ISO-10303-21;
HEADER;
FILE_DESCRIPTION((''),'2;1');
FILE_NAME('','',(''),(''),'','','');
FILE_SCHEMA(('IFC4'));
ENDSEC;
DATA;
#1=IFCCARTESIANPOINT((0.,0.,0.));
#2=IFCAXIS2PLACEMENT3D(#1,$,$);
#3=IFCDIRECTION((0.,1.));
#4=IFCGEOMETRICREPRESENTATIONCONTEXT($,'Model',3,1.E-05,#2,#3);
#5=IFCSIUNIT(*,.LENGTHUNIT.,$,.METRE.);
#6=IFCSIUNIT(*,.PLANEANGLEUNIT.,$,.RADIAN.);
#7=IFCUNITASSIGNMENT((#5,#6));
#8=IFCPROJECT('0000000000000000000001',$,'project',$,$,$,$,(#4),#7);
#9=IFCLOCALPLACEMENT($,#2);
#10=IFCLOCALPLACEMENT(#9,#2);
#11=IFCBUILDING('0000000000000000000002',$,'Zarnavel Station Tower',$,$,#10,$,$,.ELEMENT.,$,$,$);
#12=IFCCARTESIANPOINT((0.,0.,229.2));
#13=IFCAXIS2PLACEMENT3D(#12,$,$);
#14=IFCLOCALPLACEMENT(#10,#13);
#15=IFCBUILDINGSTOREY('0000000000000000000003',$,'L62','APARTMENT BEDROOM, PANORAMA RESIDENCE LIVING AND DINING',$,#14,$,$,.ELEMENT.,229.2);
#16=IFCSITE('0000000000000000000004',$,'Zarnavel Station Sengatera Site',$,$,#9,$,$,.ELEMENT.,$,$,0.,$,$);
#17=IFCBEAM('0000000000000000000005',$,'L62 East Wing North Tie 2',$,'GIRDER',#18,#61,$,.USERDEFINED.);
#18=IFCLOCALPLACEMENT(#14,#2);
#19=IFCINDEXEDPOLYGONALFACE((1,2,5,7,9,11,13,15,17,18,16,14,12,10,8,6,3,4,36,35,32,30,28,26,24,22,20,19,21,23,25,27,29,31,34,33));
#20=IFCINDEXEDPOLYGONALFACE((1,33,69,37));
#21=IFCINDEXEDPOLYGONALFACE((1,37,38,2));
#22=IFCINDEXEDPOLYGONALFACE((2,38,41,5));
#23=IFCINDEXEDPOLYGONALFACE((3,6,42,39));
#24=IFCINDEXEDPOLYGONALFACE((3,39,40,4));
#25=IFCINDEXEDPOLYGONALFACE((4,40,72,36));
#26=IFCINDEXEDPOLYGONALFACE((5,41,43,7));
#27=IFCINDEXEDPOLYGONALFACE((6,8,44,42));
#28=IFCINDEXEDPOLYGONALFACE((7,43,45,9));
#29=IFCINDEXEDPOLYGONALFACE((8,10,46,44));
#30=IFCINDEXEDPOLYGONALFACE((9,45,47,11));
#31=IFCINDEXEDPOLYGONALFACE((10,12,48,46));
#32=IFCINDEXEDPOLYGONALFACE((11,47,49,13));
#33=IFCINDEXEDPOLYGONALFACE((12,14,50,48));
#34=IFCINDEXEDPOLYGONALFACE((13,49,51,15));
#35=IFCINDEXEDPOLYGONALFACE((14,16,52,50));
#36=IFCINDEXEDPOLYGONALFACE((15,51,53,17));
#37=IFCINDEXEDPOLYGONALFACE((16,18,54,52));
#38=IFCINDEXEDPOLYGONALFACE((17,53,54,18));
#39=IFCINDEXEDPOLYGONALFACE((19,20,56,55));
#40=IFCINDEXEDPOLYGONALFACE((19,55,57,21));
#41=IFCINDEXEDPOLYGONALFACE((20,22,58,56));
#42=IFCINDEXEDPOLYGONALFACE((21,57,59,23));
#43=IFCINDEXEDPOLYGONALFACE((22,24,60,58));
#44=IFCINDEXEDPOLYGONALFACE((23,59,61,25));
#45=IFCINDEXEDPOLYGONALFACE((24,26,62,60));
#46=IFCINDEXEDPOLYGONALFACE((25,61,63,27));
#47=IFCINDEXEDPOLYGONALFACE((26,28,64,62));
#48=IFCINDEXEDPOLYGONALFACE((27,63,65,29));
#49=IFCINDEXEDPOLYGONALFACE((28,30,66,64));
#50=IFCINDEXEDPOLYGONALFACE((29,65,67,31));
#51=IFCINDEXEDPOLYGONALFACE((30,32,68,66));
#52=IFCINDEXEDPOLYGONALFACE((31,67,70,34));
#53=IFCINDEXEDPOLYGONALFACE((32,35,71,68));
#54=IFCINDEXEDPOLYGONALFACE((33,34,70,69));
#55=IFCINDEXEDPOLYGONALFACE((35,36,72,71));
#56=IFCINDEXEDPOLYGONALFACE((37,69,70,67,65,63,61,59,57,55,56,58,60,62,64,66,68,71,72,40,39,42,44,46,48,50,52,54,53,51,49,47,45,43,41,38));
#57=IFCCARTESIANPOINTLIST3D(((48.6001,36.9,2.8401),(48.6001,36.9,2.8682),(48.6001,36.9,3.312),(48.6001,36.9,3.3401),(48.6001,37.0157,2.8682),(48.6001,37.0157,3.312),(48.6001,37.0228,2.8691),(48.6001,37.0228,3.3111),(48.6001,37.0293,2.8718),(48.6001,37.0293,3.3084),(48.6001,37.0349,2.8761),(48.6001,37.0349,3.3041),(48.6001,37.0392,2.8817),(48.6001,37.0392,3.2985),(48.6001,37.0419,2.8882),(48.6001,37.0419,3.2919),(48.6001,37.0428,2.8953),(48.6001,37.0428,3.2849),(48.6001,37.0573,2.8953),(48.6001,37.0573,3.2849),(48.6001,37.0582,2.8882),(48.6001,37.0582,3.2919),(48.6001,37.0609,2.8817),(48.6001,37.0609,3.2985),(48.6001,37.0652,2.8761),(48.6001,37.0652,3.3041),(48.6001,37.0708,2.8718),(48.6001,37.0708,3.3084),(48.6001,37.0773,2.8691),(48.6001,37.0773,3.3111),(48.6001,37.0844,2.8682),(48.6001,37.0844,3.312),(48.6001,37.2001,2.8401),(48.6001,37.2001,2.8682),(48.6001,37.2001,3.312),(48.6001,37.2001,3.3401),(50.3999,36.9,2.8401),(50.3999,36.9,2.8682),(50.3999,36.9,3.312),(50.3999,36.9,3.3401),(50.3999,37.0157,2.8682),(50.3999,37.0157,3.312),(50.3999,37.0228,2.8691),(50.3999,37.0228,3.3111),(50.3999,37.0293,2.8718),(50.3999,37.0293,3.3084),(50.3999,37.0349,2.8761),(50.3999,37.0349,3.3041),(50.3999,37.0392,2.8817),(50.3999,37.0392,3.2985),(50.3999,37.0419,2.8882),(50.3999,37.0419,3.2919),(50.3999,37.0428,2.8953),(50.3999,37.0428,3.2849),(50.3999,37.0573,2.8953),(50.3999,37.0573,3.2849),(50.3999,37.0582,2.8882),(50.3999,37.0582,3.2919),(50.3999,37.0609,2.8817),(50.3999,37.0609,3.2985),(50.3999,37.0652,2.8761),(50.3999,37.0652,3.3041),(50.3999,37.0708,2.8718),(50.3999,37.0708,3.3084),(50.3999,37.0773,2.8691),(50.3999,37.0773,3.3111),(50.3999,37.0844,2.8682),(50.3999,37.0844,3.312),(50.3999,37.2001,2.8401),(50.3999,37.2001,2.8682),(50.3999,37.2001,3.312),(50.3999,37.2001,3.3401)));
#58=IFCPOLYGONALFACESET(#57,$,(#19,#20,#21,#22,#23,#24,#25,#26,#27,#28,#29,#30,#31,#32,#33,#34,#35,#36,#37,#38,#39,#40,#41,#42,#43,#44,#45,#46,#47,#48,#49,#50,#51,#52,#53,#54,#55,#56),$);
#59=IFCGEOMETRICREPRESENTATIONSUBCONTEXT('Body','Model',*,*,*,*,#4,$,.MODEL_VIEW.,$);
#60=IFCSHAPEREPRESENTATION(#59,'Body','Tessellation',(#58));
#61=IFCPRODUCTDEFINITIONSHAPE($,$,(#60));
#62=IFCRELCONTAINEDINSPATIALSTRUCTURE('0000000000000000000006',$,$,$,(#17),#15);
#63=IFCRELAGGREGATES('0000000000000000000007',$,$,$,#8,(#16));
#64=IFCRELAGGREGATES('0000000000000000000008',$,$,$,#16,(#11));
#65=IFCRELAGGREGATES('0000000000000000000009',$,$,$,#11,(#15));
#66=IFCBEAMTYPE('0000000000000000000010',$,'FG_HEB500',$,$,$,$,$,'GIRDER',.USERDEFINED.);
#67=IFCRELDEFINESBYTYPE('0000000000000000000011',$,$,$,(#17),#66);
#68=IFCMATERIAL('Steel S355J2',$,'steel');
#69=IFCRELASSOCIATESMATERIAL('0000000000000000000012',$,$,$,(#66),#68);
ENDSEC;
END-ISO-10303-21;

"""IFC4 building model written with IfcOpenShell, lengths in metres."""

from ifc_helpers import new_model, si_unit, direction, frame, origin, origin_2d, place, context, subcontext, project, spatial, i_section, extrude, material, material_profile, profile_set, type_object, element, save


model = new_model("IFC4")

# Units and contexts
model_context = context("Model", 3, precision=1e-05, world=origin(), true_north=direction((0.0, 1.0)))
body_context = subcontext(model_context, "Body", "Model", "MODEL_VIEW")
ifc_project = project(units=[si_unit("LENGTHUNIT", "METRE"), si_unit("PLANEANGLEUNIT", "RADIAN")], contexts=[model_context])

# Site, building, storey
site_placement = place(None, origin())
site = spatial("IfcSite", under=ifc_project, at=site_placement, Name="Zarnavel Station Sengatera Site", CompositionType="ELEMENT", RefElevation=0.0)
building_placement = place(site_placement, origin())
building = spatial("IfcBuilding", under=site, at=building_placement, Name="Zarnavel Station Tower", CompositionType="ELEMENT")
storey_placement = place(building_placement, frame((0.0, 0.0, 229.2)))
storey = spatial("IfcBuildingStorey", under=building, at=storey_placement, Name="L62", Description="APARTMENT BEDROOM, PANORAMA RESIDENCE LIVING AND DINING", CompositionType="ELEMENT", Elevation=229.2)

# Beam
ifc_material_1 = material(Name="Steel S355J2", Category="steel")
ifc_material_profile_1 = material_profile(ifc_material_1, i_section(OverallWidth=0.3, OverallDepth=0.5, WebThickness=0.0144, FlangeThickness=0.0281, FilletRadius=0.0271, at=origin_2d()), Name="HEB500")
ifc_profile_set_1 = profile_set([ifc_material_profile_1], Name="Steel S355J2")
beam_type = type_object("IfcBeamType", Name="FG_HEB500", ElementType="GIRDER", PredefinedType="USERDEFINED", material=ifc_profile_set_1)
beam_1_placement = place(storey_placement, frame((48.6001, 37.05, 3.0901), z_axis=(1.0, 0.0, 0.0), x_axis=(0.0, 1.0, 0.0)))
element("IfcBeam", 1, at=beam_1_placement, inside=storey, type_object=beam_type, Name="L62 East Wing North Tie 2", ObjectType="GIRDER", PredefinedType="USERDEFINED", context=body_context, shape_type="SweptSolid", body=[
    extrude(i_section(OverallWidth=0.3, OverallDepth=0.5, WebThickness=0.0144, FlangeThickness=0.0281, FilletRadius=0.0271, at=origin_2d()), origin(), (0.0, 0.0, 1.0), 1.7998),
])

save(model, "model.ifc")
